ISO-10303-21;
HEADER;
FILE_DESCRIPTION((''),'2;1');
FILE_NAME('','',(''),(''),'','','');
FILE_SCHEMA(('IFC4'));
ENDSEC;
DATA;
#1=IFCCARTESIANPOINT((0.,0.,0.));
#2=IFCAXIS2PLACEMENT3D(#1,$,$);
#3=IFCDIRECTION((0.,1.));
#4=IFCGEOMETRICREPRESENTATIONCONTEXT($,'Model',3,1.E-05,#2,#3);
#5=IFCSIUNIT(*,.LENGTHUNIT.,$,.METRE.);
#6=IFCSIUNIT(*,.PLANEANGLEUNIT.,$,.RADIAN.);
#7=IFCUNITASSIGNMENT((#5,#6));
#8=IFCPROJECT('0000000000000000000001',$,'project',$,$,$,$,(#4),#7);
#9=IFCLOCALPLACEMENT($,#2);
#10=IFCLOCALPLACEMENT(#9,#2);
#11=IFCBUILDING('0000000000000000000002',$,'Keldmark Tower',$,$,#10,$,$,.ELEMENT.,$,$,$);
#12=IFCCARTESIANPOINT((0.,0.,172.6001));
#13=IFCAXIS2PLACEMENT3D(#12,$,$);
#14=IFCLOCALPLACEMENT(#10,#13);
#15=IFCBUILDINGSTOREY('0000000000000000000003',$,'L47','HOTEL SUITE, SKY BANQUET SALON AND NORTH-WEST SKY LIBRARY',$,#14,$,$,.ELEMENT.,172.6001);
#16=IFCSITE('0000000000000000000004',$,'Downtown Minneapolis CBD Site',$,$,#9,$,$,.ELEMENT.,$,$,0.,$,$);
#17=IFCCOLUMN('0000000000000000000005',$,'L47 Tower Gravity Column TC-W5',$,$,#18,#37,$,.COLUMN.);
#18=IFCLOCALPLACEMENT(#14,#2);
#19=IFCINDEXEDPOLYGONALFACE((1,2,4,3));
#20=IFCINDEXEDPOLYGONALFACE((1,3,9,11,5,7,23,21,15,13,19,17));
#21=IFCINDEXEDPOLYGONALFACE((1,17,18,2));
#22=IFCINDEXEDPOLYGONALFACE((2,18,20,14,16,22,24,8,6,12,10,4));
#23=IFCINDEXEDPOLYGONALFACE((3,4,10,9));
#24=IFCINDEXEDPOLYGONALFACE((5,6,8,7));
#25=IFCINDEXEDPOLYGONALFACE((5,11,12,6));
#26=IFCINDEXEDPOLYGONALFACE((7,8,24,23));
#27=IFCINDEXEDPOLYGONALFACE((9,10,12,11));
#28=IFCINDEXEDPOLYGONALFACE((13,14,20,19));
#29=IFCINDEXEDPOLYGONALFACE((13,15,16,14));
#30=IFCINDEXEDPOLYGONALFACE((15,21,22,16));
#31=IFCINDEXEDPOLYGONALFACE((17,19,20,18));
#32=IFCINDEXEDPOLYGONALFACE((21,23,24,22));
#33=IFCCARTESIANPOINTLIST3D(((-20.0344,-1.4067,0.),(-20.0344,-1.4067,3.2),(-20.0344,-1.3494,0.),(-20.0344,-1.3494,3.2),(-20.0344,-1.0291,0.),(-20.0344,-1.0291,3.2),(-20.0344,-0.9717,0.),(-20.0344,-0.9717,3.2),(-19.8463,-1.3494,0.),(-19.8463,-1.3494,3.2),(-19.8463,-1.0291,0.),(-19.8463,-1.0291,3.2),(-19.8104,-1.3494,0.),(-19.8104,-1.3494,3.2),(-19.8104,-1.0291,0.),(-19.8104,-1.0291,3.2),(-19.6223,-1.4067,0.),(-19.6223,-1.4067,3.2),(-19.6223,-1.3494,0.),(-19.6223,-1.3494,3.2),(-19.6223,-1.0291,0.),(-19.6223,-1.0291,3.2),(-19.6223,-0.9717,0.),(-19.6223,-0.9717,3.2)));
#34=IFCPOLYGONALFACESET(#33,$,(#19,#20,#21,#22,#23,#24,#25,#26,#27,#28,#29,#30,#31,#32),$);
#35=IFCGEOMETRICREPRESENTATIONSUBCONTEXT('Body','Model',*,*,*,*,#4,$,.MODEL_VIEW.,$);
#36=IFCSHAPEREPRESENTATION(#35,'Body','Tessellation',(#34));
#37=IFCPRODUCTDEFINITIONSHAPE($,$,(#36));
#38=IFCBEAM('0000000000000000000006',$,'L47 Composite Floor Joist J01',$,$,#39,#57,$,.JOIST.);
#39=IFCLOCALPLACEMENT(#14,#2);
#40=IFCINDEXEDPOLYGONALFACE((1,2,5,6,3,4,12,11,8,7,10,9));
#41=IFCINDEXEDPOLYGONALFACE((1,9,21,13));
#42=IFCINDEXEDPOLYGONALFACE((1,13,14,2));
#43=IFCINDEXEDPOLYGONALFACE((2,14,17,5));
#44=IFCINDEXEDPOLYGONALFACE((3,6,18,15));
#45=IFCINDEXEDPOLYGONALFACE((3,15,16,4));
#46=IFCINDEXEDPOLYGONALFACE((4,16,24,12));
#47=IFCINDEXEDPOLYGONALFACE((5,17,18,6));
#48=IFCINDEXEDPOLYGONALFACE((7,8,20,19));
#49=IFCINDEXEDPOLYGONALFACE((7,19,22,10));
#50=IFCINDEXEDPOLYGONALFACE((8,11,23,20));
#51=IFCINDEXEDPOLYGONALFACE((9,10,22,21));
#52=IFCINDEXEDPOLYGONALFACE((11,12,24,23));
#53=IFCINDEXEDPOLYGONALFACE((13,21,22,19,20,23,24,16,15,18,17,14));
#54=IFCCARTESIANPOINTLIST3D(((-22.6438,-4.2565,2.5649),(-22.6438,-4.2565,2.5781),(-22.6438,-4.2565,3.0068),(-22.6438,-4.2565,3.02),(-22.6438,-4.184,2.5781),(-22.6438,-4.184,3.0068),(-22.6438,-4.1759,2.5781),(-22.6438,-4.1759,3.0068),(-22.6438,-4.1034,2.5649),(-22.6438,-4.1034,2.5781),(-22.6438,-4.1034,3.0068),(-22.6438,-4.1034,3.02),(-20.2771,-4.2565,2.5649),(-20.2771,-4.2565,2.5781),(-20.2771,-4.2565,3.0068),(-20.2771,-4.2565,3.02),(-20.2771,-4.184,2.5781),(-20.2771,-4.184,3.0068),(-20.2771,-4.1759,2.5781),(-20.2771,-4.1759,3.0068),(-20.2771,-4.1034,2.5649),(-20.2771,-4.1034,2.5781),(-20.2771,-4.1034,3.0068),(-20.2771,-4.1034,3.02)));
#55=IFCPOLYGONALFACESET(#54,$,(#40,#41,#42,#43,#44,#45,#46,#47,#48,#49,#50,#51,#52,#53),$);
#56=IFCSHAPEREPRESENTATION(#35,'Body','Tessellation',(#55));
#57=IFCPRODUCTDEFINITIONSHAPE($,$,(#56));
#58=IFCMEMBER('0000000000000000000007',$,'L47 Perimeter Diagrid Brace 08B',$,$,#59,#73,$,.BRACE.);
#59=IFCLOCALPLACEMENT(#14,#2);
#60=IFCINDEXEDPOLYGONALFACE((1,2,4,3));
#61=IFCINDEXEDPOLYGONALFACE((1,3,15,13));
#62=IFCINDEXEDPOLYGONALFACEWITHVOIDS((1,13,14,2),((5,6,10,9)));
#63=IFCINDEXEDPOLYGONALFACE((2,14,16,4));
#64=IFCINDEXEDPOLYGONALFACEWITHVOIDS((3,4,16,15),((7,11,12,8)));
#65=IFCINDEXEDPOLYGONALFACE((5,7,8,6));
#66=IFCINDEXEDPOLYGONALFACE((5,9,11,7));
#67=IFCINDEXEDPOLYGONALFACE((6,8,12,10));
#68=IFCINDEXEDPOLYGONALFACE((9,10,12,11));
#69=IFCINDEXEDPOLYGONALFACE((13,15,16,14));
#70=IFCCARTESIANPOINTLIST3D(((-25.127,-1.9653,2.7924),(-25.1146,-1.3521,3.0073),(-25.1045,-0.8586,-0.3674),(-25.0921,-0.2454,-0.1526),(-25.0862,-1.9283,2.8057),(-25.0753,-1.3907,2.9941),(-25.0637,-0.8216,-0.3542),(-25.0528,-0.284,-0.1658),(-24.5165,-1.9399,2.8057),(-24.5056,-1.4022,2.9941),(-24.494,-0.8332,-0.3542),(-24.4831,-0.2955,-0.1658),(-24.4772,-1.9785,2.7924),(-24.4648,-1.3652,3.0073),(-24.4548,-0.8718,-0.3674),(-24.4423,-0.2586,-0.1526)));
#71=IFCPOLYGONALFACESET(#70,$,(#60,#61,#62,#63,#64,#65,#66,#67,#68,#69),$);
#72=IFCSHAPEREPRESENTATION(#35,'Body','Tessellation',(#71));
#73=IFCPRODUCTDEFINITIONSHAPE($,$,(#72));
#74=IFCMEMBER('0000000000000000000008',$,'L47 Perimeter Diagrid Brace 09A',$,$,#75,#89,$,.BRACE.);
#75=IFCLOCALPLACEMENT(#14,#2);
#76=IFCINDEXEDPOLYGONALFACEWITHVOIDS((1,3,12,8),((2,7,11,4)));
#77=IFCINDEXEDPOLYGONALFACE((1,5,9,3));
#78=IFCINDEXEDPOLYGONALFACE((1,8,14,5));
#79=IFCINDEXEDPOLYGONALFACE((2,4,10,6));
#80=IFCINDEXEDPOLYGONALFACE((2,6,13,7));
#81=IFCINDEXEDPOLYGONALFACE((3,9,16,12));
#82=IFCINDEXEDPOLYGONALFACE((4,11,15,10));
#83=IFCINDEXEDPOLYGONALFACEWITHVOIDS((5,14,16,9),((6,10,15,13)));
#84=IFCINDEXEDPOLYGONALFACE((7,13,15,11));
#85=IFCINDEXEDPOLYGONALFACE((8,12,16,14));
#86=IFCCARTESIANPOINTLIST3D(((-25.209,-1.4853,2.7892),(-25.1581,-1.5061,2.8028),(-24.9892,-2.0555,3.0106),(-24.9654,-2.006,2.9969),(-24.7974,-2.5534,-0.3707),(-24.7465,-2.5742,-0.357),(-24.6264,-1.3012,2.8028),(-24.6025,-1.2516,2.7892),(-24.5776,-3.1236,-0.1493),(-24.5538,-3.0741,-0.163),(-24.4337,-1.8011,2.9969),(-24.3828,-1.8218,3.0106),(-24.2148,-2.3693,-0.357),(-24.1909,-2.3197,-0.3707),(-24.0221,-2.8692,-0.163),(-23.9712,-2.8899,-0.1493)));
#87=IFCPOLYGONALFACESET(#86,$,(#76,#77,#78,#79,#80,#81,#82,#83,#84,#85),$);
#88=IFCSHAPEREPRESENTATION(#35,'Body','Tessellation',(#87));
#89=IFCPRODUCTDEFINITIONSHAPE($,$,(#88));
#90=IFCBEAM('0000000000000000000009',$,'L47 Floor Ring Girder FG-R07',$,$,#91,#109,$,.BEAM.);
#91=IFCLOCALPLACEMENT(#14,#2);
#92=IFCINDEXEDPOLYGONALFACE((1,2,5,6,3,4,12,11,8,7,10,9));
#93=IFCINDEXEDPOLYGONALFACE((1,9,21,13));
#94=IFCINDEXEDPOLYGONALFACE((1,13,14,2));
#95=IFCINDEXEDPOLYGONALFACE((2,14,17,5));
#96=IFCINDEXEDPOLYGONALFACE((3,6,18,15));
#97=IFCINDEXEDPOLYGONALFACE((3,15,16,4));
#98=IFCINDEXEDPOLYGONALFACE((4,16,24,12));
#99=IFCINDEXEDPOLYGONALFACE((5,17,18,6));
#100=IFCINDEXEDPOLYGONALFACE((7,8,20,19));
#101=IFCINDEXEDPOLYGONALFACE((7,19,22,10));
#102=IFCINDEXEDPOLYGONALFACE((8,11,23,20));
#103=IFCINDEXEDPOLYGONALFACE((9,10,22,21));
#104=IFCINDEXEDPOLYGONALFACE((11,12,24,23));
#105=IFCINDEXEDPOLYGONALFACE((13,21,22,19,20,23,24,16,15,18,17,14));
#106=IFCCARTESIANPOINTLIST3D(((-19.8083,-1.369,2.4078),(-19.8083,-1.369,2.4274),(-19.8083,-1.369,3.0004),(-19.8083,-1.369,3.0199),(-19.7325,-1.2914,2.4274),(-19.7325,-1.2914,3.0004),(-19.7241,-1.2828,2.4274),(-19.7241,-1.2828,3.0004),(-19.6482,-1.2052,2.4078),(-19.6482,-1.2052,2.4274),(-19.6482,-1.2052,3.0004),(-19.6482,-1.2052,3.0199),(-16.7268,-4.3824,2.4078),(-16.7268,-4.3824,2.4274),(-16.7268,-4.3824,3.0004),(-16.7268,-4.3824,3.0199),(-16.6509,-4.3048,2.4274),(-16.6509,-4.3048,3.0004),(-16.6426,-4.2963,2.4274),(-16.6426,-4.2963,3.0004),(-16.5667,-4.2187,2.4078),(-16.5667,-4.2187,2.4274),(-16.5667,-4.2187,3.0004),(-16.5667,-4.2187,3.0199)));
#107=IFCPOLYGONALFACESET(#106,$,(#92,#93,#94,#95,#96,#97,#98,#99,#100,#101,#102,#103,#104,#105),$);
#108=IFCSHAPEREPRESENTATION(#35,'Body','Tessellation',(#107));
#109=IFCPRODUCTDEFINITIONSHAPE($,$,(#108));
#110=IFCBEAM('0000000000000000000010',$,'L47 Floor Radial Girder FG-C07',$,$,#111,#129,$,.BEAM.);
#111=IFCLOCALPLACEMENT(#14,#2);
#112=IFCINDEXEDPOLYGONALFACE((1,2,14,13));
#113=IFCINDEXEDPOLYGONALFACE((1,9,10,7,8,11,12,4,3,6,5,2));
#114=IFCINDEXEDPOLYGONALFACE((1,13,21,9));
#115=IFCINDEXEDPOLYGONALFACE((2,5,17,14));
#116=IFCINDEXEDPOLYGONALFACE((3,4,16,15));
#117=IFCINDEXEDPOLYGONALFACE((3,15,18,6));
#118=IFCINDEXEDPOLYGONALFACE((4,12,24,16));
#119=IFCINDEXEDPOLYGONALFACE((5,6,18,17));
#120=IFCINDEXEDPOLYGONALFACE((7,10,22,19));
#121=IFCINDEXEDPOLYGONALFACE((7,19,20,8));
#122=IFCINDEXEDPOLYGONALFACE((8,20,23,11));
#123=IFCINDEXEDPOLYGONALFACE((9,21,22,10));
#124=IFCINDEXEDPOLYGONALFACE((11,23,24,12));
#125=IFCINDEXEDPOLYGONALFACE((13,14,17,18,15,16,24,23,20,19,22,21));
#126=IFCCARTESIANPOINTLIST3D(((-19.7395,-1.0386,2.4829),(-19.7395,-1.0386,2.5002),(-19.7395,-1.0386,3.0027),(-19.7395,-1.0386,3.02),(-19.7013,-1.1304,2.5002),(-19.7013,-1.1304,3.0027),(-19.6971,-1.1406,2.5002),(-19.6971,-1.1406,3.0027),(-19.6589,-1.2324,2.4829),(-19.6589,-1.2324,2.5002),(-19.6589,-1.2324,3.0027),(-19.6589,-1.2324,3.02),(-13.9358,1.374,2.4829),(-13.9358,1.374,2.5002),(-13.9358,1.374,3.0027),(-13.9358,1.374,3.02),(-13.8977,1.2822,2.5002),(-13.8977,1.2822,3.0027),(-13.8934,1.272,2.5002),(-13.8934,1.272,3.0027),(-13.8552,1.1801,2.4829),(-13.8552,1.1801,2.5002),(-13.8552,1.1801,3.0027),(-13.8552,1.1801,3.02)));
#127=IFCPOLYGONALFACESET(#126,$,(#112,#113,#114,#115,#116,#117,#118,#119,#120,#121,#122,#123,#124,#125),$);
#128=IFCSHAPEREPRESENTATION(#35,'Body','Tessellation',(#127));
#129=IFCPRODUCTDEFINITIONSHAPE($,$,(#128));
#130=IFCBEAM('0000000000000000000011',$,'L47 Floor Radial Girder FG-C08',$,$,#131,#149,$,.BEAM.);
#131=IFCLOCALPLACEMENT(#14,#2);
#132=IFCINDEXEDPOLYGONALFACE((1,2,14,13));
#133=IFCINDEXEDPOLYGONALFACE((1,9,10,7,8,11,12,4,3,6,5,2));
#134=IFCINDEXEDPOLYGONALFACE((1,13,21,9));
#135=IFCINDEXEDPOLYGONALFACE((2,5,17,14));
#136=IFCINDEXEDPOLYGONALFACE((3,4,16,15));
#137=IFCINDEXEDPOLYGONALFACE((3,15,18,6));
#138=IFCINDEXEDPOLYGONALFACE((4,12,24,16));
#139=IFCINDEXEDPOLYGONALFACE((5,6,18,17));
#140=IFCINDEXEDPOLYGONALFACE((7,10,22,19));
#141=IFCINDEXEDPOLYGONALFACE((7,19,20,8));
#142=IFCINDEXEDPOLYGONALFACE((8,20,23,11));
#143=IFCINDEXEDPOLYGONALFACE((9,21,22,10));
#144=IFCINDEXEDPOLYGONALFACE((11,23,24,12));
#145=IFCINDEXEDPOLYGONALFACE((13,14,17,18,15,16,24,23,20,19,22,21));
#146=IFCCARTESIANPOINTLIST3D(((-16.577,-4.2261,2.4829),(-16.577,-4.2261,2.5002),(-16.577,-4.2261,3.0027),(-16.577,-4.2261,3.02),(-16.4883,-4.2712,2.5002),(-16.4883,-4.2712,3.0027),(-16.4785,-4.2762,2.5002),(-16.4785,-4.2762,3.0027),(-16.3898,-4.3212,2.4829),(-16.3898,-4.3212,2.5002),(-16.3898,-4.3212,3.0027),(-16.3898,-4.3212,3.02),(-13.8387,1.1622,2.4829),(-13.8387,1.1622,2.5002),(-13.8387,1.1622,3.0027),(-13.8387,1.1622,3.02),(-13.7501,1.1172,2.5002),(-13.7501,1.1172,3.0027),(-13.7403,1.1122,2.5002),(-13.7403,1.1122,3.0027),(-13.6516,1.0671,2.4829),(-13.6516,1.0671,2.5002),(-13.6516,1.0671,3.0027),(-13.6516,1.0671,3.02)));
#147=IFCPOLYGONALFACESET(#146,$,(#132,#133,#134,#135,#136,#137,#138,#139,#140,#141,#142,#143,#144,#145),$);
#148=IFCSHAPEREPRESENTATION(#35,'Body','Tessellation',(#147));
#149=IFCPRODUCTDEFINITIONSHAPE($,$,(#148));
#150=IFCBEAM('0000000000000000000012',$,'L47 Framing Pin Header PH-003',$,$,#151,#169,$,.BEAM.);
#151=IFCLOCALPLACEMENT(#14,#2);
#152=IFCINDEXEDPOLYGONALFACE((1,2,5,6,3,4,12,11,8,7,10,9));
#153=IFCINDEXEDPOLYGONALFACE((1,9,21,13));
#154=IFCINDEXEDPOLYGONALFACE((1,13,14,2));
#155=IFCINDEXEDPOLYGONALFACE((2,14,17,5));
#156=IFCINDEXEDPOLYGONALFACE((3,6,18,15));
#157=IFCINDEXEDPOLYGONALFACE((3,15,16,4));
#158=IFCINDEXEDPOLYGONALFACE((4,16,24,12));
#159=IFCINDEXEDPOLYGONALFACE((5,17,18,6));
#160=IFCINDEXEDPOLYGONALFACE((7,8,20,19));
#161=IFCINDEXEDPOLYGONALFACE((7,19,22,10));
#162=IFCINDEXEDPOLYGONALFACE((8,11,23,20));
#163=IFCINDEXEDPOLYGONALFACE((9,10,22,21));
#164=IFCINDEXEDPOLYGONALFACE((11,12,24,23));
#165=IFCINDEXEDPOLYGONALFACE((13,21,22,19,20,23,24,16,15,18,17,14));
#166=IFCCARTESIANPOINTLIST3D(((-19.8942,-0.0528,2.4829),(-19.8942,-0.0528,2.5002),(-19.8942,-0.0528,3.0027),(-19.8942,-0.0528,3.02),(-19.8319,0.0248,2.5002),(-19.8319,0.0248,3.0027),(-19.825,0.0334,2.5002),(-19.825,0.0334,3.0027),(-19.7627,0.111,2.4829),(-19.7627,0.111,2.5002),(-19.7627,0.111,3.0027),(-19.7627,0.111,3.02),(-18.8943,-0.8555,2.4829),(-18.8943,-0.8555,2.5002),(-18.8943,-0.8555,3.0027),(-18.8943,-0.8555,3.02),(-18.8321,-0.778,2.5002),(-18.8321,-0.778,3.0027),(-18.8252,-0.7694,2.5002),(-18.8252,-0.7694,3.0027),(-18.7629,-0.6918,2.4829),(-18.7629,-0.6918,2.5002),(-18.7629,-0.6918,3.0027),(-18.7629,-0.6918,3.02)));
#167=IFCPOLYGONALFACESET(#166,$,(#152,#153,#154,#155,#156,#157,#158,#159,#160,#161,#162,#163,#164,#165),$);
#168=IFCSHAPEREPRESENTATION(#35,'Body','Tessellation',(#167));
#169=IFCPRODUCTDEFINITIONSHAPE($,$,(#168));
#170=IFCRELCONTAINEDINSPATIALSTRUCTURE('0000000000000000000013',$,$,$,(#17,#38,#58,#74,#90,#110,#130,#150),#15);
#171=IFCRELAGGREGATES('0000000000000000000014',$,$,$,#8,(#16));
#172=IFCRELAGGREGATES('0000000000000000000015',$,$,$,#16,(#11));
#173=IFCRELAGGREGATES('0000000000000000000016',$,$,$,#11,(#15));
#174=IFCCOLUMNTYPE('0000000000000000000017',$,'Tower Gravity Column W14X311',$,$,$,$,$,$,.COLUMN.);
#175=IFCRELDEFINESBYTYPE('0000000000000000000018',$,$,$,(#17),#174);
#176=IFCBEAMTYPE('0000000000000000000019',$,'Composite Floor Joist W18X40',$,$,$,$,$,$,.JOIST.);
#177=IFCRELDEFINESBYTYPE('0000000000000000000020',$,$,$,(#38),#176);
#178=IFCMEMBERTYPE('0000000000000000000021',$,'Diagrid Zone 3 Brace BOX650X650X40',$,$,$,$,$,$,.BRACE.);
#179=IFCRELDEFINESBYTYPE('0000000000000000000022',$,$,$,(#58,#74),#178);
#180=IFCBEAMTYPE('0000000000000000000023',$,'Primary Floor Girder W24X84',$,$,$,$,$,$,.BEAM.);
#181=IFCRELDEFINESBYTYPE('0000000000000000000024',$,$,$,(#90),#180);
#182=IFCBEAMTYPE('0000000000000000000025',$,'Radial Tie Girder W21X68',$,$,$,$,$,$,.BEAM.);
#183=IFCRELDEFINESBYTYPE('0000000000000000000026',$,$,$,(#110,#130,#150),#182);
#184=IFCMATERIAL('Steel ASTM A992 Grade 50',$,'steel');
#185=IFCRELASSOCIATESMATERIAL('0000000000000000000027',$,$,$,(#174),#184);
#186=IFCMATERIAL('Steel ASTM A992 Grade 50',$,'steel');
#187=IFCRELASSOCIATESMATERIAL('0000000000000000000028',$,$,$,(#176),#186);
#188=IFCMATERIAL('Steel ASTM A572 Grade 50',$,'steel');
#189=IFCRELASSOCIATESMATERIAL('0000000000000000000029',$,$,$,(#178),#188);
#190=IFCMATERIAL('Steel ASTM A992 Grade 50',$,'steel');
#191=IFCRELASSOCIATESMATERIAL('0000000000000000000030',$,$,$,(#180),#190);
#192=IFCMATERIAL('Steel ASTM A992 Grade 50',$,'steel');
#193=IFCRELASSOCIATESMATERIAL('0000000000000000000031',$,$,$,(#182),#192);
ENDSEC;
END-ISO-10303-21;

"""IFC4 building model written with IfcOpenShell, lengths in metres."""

from ifc_helpers import new_model, si_unit, direction, frame, origin, origin_2d, place, context, subcontext, project, spatial, hollow_rectangle, i_section, extrude, material, material_profile, profile_set, type_object, element, save


model = new_model("IFC4")

# Units and contexts
model_context = context("Model", 3, precision=1e-05, world=origin(), true_north=direction((0.0, 1.0)))
body_context = subcontext(model_context, "Body", "Model", "MODEL_VIEW")
ifc_project = project(units=[si_unit("LENGTHUNIT", "METRE"), si_unit("PLANEANGLEUNIT", "RADIAN")], contexts=[model_context])

# Site, building, storey
site_placement = place(None, origin())
site = spatial("IfcSite", under=ifc_project, at=site_placement, Name="Downtown Minneapolis CBD Site", CompositionType="ELEMENT", RefElevation=0.0)
building_placement = place(site_placement, origin())
building = spatial("IfcBuilding", under=site, at=building_placement, Name="Keldmark Tower", CompositionType="ELEMENT")
storey_placement = place(building_placement, frame((0.0, 0.0, 172.6001)))
storey = spatial("IfcBuildingStorey", under=building, at=storey_placement, Name="L47", Description="HOTEL SUITE, SKY BANQUET SALON AND NORTH-WEST SKY LIBRARY", CompositionType="ELEMENT", Elevation=172.6001)

# Column
ifc_material_1 = material(Name="Steel ASTM A992 Grade 50", Category="steel")
ifc_material_profile_1 = material_profile(ifc_material_1, i_section(OverallWidth=0.4121, OverallDepth=0.4351, WebThickness=0.0359, FlangeThickness=0.0574, at=origin_2d()), Name="W14X311")
ifc_profile_set_1 = profile_set([ifc_material_profile_1], Name="Steel ASTM A992 Grade 50")
column_type = type_object("IfcColumnType", Name="Tower Gravity Column W14X311", PredefinedType="COLUMN", material=ifc_profile_set_1)
column_placement = place(storey_placement, frame((-19.8284, -1.1892, 0.0), z_axis=(0.0, 0.0, 1.0), x_axis=(1.0, 0.0, 0.0)))
element("IfcColumn", 1, at=column_placement, inside=storey, type_object=column_type, Name="L47 Tower Gravity Column TC-W5", PredefinedType="COLUMN", context=body_context, shape_type="SweptSolid", body=[
    extrude(i_section(OverallWidth=0.4121, OverallDepth=0.4351, WebThickness=0.0359, FlangeThickness=0.0574, at=origin_2d()), origin(), (0.0, 0.0, 1.0), 3.2),
])

# Beam
ifc_material_2 = material(Name="Steel ASTM A992 Grade 50", Category="steel")
ifc_material_profile_2 = material_profile(ifc_material_2, i_section(OverallWidth=0.1531, OverallDepth=0.4551, WebThickness=0.0081, FlangeThickness=0.0132, at=origin_2d()), Name="W18X40")
ifc_profile_set_2 = profile_set([ifc_material_profile_2], Name="Steel ASTM A992 Grade 50")
beam_type_1 = type_object("IfcBeamType", Name="Composite Floor Joist W18X40", PredefinedType="JOIST", material=ifc_profile_set_2)
beam_1_placement = place(storey_placement, frame((-22.6438, -4.1799, 2.7925), z_axis=(1.0, 0.0, 0.0), x_axis=(0.0, 1.0, 0.0)))
element("IfcBeam", 2, at=beam_1_placement, inside=storey, type_object=beam_type_1, Name="L47 Composite Floor Joist J01", PredefinedType="JOIST", context=body_context, shape_type="SweptSolid", body=[
    extrude(i_section(OverallWidth=0.1531, OverallDepth=0.4551, WebThickness=0.0081, FlangeThickness=0.0132, at=origin_2d()), origin(), (0.0, 0.0, 1.0), 2.3667),
])

# Members
ifc_material_3 = material(Name="Steel ASTM A572 Grade 50", Category="steel")
ifc_material_profile_3 = material_profile(ifc_material_3, hollow_rectangle(XDim=0.6499, YDim=0.6499, WallThickness=0.04, at=origin_2d()), Name="BOX650X650X40")
ifc_profile_set_3 = profile_set([ifc_material_profile_3], Name="Steel ASTM A572 Grade 50")
member_type = type_object("IfcMemberType", Name="Diagrid Zone 3 Brace BOX650X650X40", PredefinedType="BRACE", material=ifc_profile_set_3)
member_1_placement = place(storey_placement, frame((-24.7734, -0.5586, -0.26), z_axis=(-0.006708, -0.330535, 0.94377), x_axis=(0.999794, -0.020291, 0.0)))
element("IfcMember", 3, at=member_1_placement, inside=storey, type_object=member_type, Name="L47 Perimeter Diagrid Brace 08B", PredefinedType="BRACE", context=body_context, shape_type="SweptSolid", body=[
    extrude(hollow_rectangle(XDim=0.6499, YDim=0.6499, WallThickness=0.04, at=origin_2d()), origin(), (0.0, 0.0, 1.0), 3.3481),
])
member_2_placement = place(storey_placement, frame((-24.3843, -2.7217, -0.26), z_axis=(-0.122475, 0.317811, 0.940211), x_axis=(-0.933109, -0.359594, 0.0)))
element("IfcMember", 4, at=member_2_placement, inside=storey, type_object=member_type, Name="L47 Perimeter Diagrid Brace 09A", PredefinedType="BRACE", context=body_context, shape_type="SweptSolid", body=[
    extrude(hollow_rectangle(XDim=0.6499, YDim=0.6499, WallThickness=0.04, at=origin_2d()), origin(), (0.0, 0.0, 1.0), 3.3608),
])

# Beams
ifc_material_4 = material(Name="Steel ASTM A992 Grade 50", Category="steel")
ifc_material_profile_4 = material_profile(ifc_material_4, i_section(OverallWidth=0.229, OverallDepth=0.6121, WebThickness=0.012, FlangeThickness=0.0195, at=origin_2d()), Name="W24X84")
ifc_profile_set_4 = profile_set([ifc_material_profile_4], Name="Steel ASTM A992 Grade 50")
beam_type_2 = type_object("IfcBeamType", Name="Primary Floor Girder W24X84", PredefinedType="BEAM", material=ifc_profile_set_4)
beam_2_placement = place(storey_placement, frame((-19.7283, -1.2871, 2.7139), z_axis=(0.714965, -0.699161, 0.0), x_axis=(0.699161, 0.714965, 0.0)))
element("IfcBeam", 5, at=beam_2_placement, inside=storey, type_object=beam_type_2, Name="L47 Floor Ring Girder FG-R07", PredefinedType="BEAM", context=body_context, shape_type="SweptSolid", body=[
    extrude(i_section(OverallWidth=0.229, OverallDepth=0.6121, WebThickness=0.012, FlangeThickness=0.0195, at=origin_2d()), origin(), (0.0, 0.0, 1.0), 4.3101),
])
ifc_material_5 = material(Name="Steel ASTM A992 Grade 50", Category="steel")
ifc_material_profile_5 = material_profile(ifc_material_5, i_section(OverallWidth=0.21, OverallDepth=0.5371, WebThickness=0.011, FlangeThickness=0.0173, at=origin_2d()), Name="W21X68")
ifc_profile_set_5 = profile_set([ifc_material_profile_5], Name="Steel ASTM A992 Grade 50")
beam_type_3 = type_object("IfcBeamType", Name="Radial Tie Girder W21X68", PredefinedType="BEAM", material=ifc_profile_set_5)
beam_3_placement = place(storey_placement, frame((-19.6992, -1.1355, 2.7515), z_axis=(0.923394, 0.383854, 0.0), x_axis=(-0.383854, 0.923394, 0.0)))
element("IfcBeam", 6, at=beam_3_placement, inside=storey, type_object=beam_type_3, Name="L47 Floor Radial Girder FG-C07", PredefinedType="BEAM", context=body_context, shape_type="SweptSolid", body=[
    extrude(i_section(OverallWidth=0.21, OverallDepth=0.5371, WebThickness=0.011, FlangeThickness=0.0173, at=origin_2d()), origin(), (0.0, 0.0, 1.0), 6.2852),
])
beam_4_placement = place(storey_placement, frame((-16.4834, -4.2737, 2.7515), z_axis=(0.453037, 0.891492, 0.0), x_axis=(-0.891492, 0.453037, 0.0)))
element("IfcBeam", 7, at=beam_4_placement, inside=storey, type_object=beam_type_3, Name="L47 Floor Radial Girder FG-C08", PredefinedType="BEAM", context=body_context, shape_type="SweptSolid", body=[
    extrude(i_section(OverallWidth=0.21, OverallDepth=0.5371, WebThickness=0.011, FlangeThickness=0.0173, at=origin_2d()), origin(), (0.0, 0.0, 1.0), 6.0442),
])
beam_5_placement = place(storey_placement, frame((-18.8286, -0.7737, 2.7515), z_axis=(-0.779753, 0.626087, 0.0), x_axis=(-0.626087, -0.779753, 0.0)))
element("IfcBeam", 8, at=beam_5_placement, inside=storey, type_object=beam_type_3, Name="L47 Framing Pin Header PH-003", PredefinedType="BEAM", context=body_context, shape_type="SweptSolid", body=[
    extrude(i_section(OverallWidth=0.21, OverallDepth=0.5371, WebThickness=0.011, FlangeThickness=0.0173, at=origin_2d()), origin(), (0.0, 0.0, 1.0), 1.2822),
])

save(model, "model.ifc")
